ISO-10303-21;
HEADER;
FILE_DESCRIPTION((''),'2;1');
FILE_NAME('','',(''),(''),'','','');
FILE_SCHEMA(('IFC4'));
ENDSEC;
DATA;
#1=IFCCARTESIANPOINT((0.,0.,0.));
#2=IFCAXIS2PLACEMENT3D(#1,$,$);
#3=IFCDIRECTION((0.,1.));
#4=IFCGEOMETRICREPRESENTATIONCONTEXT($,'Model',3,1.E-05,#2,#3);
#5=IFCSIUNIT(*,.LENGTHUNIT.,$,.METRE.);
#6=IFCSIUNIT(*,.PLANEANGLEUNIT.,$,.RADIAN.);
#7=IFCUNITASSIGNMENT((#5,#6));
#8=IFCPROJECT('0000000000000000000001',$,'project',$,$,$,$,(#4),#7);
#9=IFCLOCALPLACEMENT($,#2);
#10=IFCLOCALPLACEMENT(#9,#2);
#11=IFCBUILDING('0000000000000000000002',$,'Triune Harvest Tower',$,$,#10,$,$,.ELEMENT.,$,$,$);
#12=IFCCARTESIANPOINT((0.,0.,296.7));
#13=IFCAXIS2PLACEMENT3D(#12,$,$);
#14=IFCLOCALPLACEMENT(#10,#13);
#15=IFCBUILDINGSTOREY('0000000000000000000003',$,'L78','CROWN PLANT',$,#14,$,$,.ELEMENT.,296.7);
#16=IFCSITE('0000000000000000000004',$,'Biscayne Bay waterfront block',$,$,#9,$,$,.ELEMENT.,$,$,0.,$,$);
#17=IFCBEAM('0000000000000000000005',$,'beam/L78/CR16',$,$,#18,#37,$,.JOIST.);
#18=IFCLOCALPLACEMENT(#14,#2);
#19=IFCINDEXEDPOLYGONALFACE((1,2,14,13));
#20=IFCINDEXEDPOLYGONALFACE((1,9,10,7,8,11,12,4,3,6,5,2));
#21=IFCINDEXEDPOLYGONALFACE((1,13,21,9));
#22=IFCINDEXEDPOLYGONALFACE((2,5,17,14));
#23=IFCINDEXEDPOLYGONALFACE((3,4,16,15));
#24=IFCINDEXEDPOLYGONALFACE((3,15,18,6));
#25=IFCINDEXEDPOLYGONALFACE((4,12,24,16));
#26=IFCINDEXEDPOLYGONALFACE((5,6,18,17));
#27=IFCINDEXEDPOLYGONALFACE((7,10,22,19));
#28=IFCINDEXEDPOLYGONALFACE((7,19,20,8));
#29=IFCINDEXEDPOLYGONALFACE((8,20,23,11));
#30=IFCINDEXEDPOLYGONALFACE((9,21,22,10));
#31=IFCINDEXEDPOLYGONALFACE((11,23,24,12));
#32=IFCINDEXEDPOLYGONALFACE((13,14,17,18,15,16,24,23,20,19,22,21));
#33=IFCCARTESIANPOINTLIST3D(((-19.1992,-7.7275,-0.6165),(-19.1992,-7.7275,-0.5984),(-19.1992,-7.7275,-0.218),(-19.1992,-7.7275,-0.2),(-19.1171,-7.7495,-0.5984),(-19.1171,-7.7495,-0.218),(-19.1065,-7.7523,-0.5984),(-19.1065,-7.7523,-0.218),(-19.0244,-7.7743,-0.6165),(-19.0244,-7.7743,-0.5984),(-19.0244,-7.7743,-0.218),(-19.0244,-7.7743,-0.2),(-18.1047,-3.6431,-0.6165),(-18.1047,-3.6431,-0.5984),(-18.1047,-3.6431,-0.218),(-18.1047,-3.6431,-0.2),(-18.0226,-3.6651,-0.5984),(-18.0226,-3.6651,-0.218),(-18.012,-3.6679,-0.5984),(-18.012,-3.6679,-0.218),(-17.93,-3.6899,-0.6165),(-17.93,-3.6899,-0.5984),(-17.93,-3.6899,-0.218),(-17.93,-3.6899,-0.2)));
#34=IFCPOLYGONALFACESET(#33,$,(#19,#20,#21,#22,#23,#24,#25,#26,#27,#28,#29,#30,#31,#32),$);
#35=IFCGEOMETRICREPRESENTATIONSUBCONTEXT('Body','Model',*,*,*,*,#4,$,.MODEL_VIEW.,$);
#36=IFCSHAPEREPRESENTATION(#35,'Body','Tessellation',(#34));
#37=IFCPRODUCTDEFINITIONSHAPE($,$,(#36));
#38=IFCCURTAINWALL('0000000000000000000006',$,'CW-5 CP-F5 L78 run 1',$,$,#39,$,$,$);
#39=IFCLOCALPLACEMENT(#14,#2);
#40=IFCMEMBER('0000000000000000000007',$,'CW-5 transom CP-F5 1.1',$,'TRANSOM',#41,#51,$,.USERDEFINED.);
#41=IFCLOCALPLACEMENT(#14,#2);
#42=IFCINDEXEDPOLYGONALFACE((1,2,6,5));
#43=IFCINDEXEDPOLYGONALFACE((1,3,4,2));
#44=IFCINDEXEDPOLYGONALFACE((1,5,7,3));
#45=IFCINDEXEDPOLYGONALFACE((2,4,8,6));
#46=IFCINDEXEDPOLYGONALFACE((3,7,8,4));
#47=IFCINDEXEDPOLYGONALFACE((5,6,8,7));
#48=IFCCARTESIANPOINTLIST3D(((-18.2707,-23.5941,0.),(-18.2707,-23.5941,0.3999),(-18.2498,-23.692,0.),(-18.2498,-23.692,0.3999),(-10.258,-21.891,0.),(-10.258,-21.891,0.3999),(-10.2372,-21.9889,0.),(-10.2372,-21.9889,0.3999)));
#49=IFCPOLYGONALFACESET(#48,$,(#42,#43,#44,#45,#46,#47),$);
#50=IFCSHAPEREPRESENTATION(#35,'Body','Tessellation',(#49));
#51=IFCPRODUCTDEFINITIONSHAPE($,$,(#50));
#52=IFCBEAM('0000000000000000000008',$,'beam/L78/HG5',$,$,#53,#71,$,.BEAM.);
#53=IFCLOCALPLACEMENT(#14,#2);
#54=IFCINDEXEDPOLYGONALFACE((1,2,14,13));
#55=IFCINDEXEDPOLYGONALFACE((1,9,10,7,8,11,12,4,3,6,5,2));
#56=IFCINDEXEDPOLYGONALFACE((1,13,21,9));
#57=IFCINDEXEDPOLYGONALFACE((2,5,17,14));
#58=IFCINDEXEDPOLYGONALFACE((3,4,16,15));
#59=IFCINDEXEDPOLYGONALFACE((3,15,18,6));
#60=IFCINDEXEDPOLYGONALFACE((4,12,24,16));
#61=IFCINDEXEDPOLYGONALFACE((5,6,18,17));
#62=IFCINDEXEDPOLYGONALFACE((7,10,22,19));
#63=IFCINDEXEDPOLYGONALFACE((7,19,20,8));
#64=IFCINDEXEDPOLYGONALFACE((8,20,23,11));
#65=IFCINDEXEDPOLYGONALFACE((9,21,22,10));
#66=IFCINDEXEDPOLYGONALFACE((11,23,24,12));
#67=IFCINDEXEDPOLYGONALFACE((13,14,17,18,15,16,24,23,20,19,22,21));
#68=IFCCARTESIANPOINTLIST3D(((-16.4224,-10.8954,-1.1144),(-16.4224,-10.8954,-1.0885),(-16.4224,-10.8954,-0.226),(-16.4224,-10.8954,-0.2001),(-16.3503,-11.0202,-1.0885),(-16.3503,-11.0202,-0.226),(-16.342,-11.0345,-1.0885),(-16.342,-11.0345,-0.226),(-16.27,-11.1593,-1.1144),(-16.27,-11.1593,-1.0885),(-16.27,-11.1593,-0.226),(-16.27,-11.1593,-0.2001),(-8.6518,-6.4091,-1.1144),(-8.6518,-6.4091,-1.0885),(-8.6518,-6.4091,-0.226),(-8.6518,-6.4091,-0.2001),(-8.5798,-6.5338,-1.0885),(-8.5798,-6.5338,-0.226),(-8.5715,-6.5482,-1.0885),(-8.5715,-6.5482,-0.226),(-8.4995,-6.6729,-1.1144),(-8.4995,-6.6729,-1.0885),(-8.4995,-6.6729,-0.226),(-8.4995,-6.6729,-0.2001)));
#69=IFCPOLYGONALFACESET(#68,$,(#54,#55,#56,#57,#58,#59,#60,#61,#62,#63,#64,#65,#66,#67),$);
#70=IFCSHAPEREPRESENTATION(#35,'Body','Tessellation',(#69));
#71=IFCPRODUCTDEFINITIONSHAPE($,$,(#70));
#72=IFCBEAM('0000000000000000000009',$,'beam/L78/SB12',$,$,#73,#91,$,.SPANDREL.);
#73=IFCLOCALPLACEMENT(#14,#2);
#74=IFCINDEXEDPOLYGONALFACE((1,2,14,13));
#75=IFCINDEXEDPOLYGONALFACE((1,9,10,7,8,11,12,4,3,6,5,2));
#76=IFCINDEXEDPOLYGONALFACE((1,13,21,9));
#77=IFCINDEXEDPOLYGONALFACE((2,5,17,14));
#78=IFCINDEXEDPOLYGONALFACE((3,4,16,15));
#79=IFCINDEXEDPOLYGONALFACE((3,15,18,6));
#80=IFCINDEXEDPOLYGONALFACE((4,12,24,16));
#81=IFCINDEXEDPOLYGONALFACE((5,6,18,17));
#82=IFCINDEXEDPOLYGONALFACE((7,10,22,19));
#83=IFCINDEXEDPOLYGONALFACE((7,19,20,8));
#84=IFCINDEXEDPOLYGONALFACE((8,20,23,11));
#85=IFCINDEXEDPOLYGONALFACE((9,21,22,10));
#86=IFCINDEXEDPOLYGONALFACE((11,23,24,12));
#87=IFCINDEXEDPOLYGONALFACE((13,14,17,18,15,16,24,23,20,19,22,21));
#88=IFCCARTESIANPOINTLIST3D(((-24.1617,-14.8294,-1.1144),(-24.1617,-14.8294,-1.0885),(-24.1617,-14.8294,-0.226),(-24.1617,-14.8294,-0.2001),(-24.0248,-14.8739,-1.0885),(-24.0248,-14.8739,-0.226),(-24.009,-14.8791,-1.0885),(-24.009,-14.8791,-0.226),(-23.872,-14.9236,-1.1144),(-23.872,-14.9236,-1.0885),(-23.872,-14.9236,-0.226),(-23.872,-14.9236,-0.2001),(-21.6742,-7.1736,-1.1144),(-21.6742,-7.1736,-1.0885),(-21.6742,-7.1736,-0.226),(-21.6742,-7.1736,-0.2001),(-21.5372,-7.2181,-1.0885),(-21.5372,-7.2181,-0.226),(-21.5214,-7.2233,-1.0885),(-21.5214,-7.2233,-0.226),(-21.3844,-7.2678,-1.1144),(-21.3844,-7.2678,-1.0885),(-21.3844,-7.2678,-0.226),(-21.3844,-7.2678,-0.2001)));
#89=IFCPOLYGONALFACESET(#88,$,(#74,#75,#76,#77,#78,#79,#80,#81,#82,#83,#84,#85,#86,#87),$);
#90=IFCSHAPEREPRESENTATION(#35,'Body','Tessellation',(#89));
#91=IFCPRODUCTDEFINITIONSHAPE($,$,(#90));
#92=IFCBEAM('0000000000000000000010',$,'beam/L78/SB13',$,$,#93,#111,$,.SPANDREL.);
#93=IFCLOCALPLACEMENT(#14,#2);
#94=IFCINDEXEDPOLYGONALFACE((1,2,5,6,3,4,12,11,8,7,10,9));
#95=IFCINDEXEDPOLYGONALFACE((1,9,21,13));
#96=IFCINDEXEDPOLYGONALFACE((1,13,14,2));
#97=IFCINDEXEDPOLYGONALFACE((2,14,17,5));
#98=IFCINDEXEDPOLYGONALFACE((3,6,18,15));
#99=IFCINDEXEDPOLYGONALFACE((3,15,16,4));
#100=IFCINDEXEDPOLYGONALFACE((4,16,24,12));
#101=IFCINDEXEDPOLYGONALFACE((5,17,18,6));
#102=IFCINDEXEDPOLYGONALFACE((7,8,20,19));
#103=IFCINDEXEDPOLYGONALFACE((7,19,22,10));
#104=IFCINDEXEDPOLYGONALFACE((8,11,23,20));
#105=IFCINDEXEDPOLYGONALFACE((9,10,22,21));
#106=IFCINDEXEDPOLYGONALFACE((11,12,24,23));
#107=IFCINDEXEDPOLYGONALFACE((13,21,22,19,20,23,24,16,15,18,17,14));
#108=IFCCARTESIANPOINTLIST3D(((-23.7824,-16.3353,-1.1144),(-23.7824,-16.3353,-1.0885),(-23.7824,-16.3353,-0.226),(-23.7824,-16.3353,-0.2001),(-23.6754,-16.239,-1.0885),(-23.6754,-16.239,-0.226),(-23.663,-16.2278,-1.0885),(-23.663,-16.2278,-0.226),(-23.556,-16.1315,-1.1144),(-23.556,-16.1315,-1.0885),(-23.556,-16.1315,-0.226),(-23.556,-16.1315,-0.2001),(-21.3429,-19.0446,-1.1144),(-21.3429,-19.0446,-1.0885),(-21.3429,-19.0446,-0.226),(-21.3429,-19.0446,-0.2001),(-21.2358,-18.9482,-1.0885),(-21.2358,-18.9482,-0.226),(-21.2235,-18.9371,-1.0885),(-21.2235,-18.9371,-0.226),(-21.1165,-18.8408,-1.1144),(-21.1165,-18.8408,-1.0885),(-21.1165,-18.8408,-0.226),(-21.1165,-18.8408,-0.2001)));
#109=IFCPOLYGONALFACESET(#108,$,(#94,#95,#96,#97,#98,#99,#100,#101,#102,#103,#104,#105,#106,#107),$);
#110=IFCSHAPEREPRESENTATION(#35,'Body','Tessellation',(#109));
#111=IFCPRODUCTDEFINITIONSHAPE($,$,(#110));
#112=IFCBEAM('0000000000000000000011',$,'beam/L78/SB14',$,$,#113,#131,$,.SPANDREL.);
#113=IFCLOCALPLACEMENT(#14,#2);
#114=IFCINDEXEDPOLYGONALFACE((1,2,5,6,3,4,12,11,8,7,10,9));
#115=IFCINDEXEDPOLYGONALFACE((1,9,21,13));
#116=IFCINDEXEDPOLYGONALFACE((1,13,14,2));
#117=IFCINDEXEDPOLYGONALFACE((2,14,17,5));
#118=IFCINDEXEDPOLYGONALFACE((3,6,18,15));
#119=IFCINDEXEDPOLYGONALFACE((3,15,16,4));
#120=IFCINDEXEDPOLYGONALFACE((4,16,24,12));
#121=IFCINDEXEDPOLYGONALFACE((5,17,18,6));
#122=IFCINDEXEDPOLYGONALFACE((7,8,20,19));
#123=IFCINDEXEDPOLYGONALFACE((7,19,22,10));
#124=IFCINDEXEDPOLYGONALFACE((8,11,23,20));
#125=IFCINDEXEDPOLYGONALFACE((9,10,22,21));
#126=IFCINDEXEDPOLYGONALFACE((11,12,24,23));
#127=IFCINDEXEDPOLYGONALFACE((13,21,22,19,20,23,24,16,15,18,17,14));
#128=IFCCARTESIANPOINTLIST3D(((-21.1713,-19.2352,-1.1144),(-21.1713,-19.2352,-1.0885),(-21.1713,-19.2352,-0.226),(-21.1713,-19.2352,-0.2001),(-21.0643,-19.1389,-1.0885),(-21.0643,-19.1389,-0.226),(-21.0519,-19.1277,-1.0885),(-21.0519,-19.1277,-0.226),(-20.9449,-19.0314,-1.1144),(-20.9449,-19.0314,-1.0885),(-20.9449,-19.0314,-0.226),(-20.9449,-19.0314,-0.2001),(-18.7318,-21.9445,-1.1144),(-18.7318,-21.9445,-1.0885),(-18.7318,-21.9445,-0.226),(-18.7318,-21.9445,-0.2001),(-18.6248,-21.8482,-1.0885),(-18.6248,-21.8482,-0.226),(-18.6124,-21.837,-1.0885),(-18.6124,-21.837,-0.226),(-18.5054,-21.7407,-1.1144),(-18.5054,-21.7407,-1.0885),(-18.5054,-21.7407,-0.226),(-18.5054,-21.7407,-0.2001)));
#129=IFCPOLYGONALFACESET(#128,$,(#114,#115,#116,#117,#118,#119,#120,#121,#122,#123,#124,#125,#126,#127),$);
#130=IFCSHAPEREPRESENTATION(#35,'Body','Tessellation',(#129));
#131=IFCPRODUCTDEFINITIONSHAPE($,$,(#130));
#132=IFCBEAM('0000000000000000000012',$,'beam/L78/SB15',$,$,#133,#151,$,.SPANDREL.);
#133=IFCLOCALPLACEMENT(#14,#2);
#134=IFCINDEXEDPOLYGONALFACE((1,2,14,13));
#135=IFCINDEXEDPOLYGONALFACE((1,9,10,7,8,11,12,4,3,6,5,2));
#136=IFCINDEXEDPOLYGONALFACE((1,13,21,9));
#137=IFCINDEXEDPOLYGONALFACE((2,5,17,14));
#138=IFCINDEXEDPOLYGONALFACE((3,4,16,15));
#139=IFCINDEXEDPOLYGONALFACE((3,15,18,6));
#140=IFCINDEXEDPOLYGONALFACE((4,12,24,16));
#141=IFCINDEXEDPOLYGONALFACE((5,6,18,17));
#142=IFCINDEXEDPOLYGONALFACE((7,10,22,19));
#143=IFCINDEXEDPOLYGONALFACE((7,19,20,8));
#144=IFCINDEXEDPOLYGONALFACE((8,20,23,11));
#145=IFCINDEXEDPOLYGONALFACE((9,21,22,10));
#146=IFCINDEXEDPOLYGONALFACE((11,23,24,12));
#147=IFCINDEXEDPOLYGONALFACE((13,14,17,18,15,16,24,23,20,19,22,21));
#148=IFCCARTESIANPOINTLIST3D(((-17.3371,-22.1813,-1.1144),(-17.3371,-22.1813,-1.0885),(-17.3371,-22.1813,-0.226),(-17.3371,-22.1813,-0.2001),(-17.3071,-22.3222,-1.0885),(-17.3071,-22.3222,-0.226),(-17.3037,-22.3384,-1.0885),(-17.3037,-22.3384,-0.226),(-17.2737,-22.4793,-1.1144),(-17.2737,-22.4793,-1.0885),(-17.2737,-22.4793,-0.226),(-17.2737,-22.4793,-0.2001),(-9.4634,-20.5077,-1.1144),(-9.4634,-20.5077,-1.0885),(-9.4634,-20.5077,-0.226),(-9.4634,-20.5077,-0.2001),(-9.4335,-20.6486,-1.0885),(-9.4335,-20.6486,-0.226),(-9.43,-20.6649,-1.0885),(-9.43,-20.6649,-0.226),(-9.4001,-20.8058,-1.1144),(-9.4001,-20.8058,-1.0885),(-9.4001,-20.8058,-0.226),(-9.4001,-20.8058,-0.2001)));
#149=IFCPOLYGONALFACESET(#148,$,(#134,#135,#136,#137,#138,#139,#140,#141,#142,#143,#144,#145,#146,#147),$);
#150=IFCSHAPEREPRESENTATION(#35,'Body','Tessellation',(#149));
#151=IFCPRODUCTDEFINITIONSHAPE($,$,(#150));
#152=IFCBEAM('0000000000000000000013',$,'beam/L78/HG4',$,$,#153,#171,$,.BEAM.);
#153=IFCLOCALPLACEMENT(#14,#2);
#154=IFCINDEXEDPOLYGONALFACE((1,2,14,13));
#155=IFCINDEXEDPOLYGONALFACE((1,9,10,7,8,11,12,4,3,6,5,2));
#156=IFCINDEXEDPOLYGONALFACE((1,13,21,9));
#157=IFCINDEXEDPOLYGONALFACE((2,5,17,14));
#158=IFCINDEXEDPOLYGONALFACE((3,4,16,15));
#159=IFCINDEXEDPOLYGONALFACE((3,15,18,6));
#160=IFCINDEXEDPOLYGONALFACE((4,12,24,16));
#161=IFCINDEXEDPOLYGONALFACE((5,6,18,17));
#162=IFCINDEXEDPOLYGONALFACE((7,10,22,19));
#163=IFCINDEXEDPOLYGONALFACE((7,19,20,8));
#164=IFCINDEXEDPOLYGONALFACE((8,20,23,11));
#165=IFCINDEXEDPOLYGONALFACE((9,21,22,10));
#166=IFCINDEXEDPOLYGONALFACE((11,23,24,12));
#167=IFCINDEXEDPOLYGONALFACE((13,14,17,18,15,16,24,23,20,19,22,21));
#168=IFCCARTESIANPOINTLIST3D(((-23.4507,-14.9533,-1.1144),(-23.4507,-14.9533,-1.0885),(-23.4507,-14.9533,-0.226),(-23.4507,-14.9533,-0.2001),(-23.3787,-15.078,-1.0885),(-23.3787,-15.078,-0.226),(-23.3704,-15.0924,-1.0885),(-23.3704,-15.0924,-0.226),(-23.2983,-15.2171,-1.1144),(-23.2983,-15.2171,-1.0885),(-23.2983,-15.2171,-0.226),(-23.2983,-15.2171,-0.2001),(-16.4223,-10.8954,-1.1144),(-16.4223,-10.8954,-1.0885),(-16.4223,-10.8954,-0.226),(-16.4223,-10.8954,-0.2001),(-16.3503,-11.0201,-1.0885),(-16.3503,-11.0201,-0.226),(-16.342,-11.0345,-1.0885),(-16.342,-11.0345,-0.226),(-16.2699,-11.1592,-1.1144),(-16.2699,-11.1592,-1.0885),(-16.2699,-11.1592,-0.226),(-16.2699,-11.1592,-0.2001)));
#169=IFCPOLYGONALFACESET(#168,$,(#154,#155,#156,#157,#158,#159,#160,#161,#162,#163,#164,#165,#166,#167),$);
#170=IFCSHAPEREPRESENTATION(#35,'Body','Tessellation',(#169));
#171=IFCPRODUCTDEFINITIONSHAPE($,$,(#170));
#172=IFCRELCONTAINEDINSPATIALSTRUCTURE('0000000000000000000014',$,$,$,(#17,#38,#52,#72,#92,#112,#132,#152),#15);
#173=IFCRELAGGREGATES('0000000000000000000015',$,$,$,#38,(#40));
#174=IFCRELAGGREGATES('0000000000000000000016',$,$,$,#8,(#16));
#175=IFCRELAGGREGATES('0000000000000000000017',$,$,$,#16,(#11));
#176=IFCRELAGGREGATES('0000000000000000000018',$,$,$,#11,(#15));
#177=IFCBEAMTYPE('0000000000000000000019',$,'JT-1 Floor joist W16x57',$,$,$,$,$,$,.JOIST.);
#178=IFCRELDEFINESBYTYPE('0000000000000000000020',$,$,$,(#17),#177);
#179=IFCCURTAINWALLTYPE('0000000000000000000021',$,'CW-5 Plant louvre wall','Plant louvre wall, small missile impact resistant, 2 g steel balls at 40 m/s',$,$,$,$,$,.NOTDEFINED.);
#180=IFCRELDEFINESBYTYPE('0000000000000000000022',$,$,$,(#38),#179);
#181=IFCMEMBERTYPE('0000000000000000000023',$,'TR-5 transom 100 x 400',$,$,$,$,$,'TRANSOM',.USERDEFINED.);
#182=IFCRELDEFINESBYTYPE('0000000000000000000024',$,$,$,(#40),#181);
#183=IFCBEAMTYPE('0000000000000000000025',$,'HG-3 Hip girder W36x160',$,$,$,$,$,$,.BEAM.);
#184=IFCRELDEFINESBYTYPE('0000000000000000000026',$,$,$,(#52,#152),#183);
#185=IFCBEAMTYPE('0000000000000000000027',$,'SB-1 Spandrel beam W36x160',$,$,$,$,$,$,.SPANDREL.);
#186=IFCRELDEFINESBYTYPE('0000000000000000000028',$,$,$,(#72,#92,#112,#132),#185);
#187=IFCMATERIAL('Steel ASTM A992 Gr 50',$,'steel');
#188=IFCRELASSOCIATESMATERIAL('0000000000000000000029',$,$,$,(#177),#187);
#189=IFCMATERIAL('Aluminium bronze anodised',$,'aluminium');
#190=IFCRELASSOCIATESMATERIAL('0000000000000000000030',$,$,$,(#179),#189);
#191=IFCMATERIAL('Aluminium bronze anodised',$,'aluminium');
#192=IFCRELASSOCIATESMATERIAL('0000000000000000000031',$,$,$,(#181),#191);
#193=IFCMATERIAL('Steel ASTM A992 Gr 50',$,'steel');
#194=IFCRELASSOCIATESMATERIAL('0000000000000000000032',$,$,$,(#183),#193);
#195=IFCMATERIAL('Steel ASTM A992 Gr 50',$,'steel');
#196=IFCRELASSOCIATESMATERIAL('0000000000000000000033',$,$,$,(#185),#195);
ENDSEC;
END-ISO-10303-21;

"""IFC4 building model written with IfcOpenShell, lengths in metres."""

from ifc_helpers import new_model, si_unit, direction, frame, origin, origin_2d, place, context, subcontext, project, spatial, rectangle, i_section, extrude, source, transform, mapped, material, material_profile, profile_set, type_object, element, aggregate, save


model = new_model("IFC4")

# Units and contexts
model_context = context("Model", 3, precision=1e-05, world=origin(), true_north=direction((0.0, 1.0)))
body_context = subcontext(model_context, "Body", "Model", "MODEL_VIEW")
ifc_project = project(units=[si_unit("LENGTHUNIT", "METRE"), si_unit("PLANEANGLEUNIT", "RADIAN")], contexts=[model_context])

# Site, building, storey
site_placement = place(None, origin())
site = spatial("IfcSite", under=ifc_project, at=site_placement, Name="Biscayne Bay waterfront block", CompositionType="ELEMENT", RefElevation=0.0)
building_placement = place(site_placement, origin())
building = spatial("IfcBuilding", under=site, at=building_placement, Name="Triune Harvest Tower", CompositionType="ELEMENT")
storey_placement = place(building_placement, frame((0.0, 0.0, 296.7)))
storey = spatial("IfcBuildingStorey", under=building, at=storey_placement, Name="L78", Description="CROWN PLANT", CompositionType="ELEMENT", Elevation=296.7)

# Beam
ifc_material_1 = material(Name="Steel ASTM A992 Gr 50", Category="steel")
ifc_material_profile_1 = material_profile(ifc_material_1, i_section(OverallWidth=0.1809, OverallDepth=0.4165, WebThickness=0.011, FlangeThickness=0.0181, at=origin_2d()), Name="W16x57")
ifc_profile_set_1 = profile_set([ifc_material_profile_1], Name="Steel ASTM A992 Gr 50")
beam_type_1 = type_object("IfcBeamType", Name="JT-1 Floor joist W16x57", PredefinedType="JOIST", material=ifc_profile_set_1)
beam_1_placement = place(storey_placement, frame((-18.0173, -3.6665, -0.4082), z_axis=(-0.25883, -0.965923, 0.0), x_axis=(0.965923, -0.25883, 0.0)))
element("IfcBeam", 1, at=beam_1_placement, inside=storey, type_object=beam_type_1, Name="beam/L78/CR16", PredefinedType="JOIST", context=body_context, shape_type="SweptSolid", body=[
    extrude(i_section(OverallWidth=0.1809, OverallDepth=0.4165, WebThickness=0.011, FlangeThickness=0.0181, at=origin_2d()), origin(), (0.0, 0.0, 1.0), 4.2285),
])

# Curtain wall, member
ifc_material_2 = material(Name="Aluminium bronze anodised", Category="aluminium")
curtain_wall_type = type_object("IfcCurtainWallType", Name="CW-5 Plant louvre wall", Description="Plant louvre wall, small missile impact resistant, 2 g steel balls at 40 m/s", PredefinedType="NOTDEFINED", material=ifc_material_2)
curtain_wall_1_placement = place(storey_placement, origin())
curtain_wall_1 = element("IfcCurtainWall", 2, at=curtain_wall_1_placement, inside=storey, type_object=curtain_wall_type, Name="CW-5 CP-F5 L78 run 1")
ifc_material_3 = material(Name="Aluminium bronze anodised", Category="aluminium")
ifc_material_profile_2 = material_profile(ifc_material_3, rectangle(XDim=0.1001, YDim=0.3999, at=origin_2d()), Name="TR-5 transom 100 x 400")
ifc_profile_set_2 = profile_set([ifc_material_profile_2], Name="Aluminium bronze anodised")
member_type_1 = type_object("IfcMemberType", Name="TR-5 transom 100 x 400", ElementType="TRANSOM", PredefinedType="USERDEFINED", material=ifc_profile_set_2)
member_1_placement = place(storey_placement, frame((-18.2603, -23.6431, 0.2), z_axis=(0.978148, 0.207909, 0.0), x_axis=(-0.207909, 0.978148, 0.0)))
member_1 = element("IfcMember", 3, at=member_1_placement, type_object=member_type_1, Name="CW-5 transom CP-F5 1.1", ObjectType="TRANSOM", PredefinedType="USERDEFINED", context=body_context, shape_type="SweptSolid", body=[
    extrude(rectangle(XDim=0.1001, YDim=0.3999, at=origin_2d()), origin(), (0.0, 0.0, 1.0), 8.1917),
])

# Beams
ifc_material_4 = material(Name="Steel ASTM A992 Gr 50", Category="steel")
ifc_material_profile_3 = material_profile(ifc_material_4, i_section(OverallWidth=0.3047, OverallDepth=0.9143, WebThickness=0.0166, FlangeThickness=0.0259, at=origin_2d()), Name="W36x160")
ifc_profile_set_3 = profile_set([ifc_material_profile_3], Name="Steel ASTM A992 Gr 50")
beam_type_2 = type_object("IfcBeamType", Name="HG-3 Hip girder W36x160", PredefinedType="BEAM", material=ifc_profile_set_3)
shared_shape_1 = source(origin(), body_context, "Body", "SweptSolid", [
    extrude(i_section(OverallWidth=0.3047, OverallDepth=0.9143, WebThickness=0.0166, FlangeThickness=0.0259, at=origin_2d()), origin(), (0.0, 0.0, 1.0), 8.9727),
])
beam_2_placement = place(storey_placement, frame((-16.3462, -11.0273, -0.6572), z_axis=(0.866024, 0.500002, 0.0), x_axis=(-0.500002, 0.866024, 0.0)))
element("IfcBeam", 4, at=beam_2_placement, inside=storey, type_object=beam_type_2, Name="beam/L78/HG5", PredefinedType="BEAM", context=body_context, shape_type="MappedRepresentation", body=[
    mapped(shared_shape_1, transform((0.0, 0.0, 0.0), scale=1.0)),
])
ifc_material_5 = material(Name="Steel ASTM A992 Gr 50", Category="steel")
ifc_material_profile_4 = material_profile(ifc_material_5, i_section(OverallWidth=0.3047, OverallDepth=0.9143, WebThickness=0.0166, FlangeThickness=0.0259, at=origin_2d()), Name="W36x160")
ifc_profile_set_4 = profile_set([ifc_material_profile_4], Name="Steel ASTM A992 Gr 50")
beam_type_3 = type_object("IfcBeamType", Name="SB-1 Spandrel beam W36x160", PredefinedType="SPANDREL", material=ifc_profile_set_4)
shared_shape_2 = source(origin(), body_context, "Body", "SweptSolid", [
    extrude(i_section(OverallWidth=0.3047, OverallDepth=0.9143, WebThickness=0.0166, FlangeThickness=0.0259, at=origin_2d()), origin(), (0.0, 0.0, 1.0), 8.0498),
])
beam_3_placement = place(storey_placement, frame((-21.5293, -7.2207, -0.6572), z_axis=(-0.309022, -0.951055, 0.0), x_axis=(0.951055, -0.309022, 0.0)))
element("IfcBeam", 5, at=beam_3_placement, inside=storey, type_object=beam_type_3, Name="beam/L78/SB12", PredefinedType="SPANDREL", context=body_context, shape_type="MappedRepresentation", body=[
    mapped(shared_shape_2, transform((0.0, 0.0, 0.0), scale=1.0)),
])
shared_shape_3 = source(origin(), body_context, "Body", "SweptSolid", [
    extrude(i_section(OverallWidth=0.3047, OverallDepth=0.9143, WebThickness=0.0166, FlangeThickness=0.0259, at=origin_2d()), origin(), (0.0, 0.0, 1.0), 3.6458),
])
for number, where, z_axis, x_axis, name in (
    (6, (-23.6692, -16.2334, -0.6572), (0.669139, -0.743138, 0.0), (0.743138, 0.669139, 0.0), "beam/L78/SB13"),
    (7, (-21.0581, -19.1333, -0.6572), (0.669139, -0.743138, 0.0), (0.743138, 0.669139, 0.0), "beam/L78/SB14"),
):
    element("IfcBeam", number, at=place(storey_placement, frame(where, z_axis=z_axis, x_axis=x_axis)), inside=storey, type_object=beam_type_3, Name=name, PredefinedType="SPANDREL", context=body_context, shape_type="MappedRepresentation", body=[
        mapped(shared_shape_3, transform((0.0, 0.0, 0.0), scale=1.0)),
    ])
shared_shape_4 = source(origin(), body_context, "Body", "SweptSolid", [
    extrude(i_section(OverallWidth=0.3047, OverallDepth=0.9143, WebThickness=0.0166, FlangeThickness=0.0259, at=origin_2d()), origin(), (0.0, 0.0, 1.0), 8.0496),
])
beam_4_placement = place(storey_placement, frame((-17.3054, -22.3303, -0.6572), z_axis=(0.978149, 0.207907, 0.0), x_axis=(-0.207907, 0.978149, 0.0)))
element("IfcBeam", 8, at=beam_4_placement, inside=storey, type_object=beam_type_3, Name="beam/L78/SB15", PredefinedType="SPANDREL", context=body_context, shape_type="MappedRepresentation", body=[
    mapped(shared_shape_4, transform((0.0, 0.0, 0.0), scale=1.0)),
])
shared_shape_5 = source(origin(), body_context, "Body", "SweptSolid", [
    extrude(i_section(OverallWidth=0.3047, OverallDepth=0.9143, WebThickness=0.0166, FlangeThickness=0.0259, at=origin_2d()), origin(), (0.0, 0.0, 1.0), 8.1157),
])
beam_5_placement = place(storey_placement, frame((-23.3745, -15.0852, -0.6572), z_axis=(0.866022, 0.500005, 0.0), x_axis=(-0.500005, 0.866022, 0.0)))
element("IfcBeam", 9, at=beam_5_placement, inside=storey, type_object=beam_type_2, Name="beam/L78/HG4", PredefinedType="BEAM", context=body_context, shape_type="MappedRepresentation", body=[
    mapped(shared_shape_5, transform((0.0, 0.0, 0.0), scale=1.0)),
])

aggregate(curtain_wall_1, [member_1])

save(model, "model.ifc")
